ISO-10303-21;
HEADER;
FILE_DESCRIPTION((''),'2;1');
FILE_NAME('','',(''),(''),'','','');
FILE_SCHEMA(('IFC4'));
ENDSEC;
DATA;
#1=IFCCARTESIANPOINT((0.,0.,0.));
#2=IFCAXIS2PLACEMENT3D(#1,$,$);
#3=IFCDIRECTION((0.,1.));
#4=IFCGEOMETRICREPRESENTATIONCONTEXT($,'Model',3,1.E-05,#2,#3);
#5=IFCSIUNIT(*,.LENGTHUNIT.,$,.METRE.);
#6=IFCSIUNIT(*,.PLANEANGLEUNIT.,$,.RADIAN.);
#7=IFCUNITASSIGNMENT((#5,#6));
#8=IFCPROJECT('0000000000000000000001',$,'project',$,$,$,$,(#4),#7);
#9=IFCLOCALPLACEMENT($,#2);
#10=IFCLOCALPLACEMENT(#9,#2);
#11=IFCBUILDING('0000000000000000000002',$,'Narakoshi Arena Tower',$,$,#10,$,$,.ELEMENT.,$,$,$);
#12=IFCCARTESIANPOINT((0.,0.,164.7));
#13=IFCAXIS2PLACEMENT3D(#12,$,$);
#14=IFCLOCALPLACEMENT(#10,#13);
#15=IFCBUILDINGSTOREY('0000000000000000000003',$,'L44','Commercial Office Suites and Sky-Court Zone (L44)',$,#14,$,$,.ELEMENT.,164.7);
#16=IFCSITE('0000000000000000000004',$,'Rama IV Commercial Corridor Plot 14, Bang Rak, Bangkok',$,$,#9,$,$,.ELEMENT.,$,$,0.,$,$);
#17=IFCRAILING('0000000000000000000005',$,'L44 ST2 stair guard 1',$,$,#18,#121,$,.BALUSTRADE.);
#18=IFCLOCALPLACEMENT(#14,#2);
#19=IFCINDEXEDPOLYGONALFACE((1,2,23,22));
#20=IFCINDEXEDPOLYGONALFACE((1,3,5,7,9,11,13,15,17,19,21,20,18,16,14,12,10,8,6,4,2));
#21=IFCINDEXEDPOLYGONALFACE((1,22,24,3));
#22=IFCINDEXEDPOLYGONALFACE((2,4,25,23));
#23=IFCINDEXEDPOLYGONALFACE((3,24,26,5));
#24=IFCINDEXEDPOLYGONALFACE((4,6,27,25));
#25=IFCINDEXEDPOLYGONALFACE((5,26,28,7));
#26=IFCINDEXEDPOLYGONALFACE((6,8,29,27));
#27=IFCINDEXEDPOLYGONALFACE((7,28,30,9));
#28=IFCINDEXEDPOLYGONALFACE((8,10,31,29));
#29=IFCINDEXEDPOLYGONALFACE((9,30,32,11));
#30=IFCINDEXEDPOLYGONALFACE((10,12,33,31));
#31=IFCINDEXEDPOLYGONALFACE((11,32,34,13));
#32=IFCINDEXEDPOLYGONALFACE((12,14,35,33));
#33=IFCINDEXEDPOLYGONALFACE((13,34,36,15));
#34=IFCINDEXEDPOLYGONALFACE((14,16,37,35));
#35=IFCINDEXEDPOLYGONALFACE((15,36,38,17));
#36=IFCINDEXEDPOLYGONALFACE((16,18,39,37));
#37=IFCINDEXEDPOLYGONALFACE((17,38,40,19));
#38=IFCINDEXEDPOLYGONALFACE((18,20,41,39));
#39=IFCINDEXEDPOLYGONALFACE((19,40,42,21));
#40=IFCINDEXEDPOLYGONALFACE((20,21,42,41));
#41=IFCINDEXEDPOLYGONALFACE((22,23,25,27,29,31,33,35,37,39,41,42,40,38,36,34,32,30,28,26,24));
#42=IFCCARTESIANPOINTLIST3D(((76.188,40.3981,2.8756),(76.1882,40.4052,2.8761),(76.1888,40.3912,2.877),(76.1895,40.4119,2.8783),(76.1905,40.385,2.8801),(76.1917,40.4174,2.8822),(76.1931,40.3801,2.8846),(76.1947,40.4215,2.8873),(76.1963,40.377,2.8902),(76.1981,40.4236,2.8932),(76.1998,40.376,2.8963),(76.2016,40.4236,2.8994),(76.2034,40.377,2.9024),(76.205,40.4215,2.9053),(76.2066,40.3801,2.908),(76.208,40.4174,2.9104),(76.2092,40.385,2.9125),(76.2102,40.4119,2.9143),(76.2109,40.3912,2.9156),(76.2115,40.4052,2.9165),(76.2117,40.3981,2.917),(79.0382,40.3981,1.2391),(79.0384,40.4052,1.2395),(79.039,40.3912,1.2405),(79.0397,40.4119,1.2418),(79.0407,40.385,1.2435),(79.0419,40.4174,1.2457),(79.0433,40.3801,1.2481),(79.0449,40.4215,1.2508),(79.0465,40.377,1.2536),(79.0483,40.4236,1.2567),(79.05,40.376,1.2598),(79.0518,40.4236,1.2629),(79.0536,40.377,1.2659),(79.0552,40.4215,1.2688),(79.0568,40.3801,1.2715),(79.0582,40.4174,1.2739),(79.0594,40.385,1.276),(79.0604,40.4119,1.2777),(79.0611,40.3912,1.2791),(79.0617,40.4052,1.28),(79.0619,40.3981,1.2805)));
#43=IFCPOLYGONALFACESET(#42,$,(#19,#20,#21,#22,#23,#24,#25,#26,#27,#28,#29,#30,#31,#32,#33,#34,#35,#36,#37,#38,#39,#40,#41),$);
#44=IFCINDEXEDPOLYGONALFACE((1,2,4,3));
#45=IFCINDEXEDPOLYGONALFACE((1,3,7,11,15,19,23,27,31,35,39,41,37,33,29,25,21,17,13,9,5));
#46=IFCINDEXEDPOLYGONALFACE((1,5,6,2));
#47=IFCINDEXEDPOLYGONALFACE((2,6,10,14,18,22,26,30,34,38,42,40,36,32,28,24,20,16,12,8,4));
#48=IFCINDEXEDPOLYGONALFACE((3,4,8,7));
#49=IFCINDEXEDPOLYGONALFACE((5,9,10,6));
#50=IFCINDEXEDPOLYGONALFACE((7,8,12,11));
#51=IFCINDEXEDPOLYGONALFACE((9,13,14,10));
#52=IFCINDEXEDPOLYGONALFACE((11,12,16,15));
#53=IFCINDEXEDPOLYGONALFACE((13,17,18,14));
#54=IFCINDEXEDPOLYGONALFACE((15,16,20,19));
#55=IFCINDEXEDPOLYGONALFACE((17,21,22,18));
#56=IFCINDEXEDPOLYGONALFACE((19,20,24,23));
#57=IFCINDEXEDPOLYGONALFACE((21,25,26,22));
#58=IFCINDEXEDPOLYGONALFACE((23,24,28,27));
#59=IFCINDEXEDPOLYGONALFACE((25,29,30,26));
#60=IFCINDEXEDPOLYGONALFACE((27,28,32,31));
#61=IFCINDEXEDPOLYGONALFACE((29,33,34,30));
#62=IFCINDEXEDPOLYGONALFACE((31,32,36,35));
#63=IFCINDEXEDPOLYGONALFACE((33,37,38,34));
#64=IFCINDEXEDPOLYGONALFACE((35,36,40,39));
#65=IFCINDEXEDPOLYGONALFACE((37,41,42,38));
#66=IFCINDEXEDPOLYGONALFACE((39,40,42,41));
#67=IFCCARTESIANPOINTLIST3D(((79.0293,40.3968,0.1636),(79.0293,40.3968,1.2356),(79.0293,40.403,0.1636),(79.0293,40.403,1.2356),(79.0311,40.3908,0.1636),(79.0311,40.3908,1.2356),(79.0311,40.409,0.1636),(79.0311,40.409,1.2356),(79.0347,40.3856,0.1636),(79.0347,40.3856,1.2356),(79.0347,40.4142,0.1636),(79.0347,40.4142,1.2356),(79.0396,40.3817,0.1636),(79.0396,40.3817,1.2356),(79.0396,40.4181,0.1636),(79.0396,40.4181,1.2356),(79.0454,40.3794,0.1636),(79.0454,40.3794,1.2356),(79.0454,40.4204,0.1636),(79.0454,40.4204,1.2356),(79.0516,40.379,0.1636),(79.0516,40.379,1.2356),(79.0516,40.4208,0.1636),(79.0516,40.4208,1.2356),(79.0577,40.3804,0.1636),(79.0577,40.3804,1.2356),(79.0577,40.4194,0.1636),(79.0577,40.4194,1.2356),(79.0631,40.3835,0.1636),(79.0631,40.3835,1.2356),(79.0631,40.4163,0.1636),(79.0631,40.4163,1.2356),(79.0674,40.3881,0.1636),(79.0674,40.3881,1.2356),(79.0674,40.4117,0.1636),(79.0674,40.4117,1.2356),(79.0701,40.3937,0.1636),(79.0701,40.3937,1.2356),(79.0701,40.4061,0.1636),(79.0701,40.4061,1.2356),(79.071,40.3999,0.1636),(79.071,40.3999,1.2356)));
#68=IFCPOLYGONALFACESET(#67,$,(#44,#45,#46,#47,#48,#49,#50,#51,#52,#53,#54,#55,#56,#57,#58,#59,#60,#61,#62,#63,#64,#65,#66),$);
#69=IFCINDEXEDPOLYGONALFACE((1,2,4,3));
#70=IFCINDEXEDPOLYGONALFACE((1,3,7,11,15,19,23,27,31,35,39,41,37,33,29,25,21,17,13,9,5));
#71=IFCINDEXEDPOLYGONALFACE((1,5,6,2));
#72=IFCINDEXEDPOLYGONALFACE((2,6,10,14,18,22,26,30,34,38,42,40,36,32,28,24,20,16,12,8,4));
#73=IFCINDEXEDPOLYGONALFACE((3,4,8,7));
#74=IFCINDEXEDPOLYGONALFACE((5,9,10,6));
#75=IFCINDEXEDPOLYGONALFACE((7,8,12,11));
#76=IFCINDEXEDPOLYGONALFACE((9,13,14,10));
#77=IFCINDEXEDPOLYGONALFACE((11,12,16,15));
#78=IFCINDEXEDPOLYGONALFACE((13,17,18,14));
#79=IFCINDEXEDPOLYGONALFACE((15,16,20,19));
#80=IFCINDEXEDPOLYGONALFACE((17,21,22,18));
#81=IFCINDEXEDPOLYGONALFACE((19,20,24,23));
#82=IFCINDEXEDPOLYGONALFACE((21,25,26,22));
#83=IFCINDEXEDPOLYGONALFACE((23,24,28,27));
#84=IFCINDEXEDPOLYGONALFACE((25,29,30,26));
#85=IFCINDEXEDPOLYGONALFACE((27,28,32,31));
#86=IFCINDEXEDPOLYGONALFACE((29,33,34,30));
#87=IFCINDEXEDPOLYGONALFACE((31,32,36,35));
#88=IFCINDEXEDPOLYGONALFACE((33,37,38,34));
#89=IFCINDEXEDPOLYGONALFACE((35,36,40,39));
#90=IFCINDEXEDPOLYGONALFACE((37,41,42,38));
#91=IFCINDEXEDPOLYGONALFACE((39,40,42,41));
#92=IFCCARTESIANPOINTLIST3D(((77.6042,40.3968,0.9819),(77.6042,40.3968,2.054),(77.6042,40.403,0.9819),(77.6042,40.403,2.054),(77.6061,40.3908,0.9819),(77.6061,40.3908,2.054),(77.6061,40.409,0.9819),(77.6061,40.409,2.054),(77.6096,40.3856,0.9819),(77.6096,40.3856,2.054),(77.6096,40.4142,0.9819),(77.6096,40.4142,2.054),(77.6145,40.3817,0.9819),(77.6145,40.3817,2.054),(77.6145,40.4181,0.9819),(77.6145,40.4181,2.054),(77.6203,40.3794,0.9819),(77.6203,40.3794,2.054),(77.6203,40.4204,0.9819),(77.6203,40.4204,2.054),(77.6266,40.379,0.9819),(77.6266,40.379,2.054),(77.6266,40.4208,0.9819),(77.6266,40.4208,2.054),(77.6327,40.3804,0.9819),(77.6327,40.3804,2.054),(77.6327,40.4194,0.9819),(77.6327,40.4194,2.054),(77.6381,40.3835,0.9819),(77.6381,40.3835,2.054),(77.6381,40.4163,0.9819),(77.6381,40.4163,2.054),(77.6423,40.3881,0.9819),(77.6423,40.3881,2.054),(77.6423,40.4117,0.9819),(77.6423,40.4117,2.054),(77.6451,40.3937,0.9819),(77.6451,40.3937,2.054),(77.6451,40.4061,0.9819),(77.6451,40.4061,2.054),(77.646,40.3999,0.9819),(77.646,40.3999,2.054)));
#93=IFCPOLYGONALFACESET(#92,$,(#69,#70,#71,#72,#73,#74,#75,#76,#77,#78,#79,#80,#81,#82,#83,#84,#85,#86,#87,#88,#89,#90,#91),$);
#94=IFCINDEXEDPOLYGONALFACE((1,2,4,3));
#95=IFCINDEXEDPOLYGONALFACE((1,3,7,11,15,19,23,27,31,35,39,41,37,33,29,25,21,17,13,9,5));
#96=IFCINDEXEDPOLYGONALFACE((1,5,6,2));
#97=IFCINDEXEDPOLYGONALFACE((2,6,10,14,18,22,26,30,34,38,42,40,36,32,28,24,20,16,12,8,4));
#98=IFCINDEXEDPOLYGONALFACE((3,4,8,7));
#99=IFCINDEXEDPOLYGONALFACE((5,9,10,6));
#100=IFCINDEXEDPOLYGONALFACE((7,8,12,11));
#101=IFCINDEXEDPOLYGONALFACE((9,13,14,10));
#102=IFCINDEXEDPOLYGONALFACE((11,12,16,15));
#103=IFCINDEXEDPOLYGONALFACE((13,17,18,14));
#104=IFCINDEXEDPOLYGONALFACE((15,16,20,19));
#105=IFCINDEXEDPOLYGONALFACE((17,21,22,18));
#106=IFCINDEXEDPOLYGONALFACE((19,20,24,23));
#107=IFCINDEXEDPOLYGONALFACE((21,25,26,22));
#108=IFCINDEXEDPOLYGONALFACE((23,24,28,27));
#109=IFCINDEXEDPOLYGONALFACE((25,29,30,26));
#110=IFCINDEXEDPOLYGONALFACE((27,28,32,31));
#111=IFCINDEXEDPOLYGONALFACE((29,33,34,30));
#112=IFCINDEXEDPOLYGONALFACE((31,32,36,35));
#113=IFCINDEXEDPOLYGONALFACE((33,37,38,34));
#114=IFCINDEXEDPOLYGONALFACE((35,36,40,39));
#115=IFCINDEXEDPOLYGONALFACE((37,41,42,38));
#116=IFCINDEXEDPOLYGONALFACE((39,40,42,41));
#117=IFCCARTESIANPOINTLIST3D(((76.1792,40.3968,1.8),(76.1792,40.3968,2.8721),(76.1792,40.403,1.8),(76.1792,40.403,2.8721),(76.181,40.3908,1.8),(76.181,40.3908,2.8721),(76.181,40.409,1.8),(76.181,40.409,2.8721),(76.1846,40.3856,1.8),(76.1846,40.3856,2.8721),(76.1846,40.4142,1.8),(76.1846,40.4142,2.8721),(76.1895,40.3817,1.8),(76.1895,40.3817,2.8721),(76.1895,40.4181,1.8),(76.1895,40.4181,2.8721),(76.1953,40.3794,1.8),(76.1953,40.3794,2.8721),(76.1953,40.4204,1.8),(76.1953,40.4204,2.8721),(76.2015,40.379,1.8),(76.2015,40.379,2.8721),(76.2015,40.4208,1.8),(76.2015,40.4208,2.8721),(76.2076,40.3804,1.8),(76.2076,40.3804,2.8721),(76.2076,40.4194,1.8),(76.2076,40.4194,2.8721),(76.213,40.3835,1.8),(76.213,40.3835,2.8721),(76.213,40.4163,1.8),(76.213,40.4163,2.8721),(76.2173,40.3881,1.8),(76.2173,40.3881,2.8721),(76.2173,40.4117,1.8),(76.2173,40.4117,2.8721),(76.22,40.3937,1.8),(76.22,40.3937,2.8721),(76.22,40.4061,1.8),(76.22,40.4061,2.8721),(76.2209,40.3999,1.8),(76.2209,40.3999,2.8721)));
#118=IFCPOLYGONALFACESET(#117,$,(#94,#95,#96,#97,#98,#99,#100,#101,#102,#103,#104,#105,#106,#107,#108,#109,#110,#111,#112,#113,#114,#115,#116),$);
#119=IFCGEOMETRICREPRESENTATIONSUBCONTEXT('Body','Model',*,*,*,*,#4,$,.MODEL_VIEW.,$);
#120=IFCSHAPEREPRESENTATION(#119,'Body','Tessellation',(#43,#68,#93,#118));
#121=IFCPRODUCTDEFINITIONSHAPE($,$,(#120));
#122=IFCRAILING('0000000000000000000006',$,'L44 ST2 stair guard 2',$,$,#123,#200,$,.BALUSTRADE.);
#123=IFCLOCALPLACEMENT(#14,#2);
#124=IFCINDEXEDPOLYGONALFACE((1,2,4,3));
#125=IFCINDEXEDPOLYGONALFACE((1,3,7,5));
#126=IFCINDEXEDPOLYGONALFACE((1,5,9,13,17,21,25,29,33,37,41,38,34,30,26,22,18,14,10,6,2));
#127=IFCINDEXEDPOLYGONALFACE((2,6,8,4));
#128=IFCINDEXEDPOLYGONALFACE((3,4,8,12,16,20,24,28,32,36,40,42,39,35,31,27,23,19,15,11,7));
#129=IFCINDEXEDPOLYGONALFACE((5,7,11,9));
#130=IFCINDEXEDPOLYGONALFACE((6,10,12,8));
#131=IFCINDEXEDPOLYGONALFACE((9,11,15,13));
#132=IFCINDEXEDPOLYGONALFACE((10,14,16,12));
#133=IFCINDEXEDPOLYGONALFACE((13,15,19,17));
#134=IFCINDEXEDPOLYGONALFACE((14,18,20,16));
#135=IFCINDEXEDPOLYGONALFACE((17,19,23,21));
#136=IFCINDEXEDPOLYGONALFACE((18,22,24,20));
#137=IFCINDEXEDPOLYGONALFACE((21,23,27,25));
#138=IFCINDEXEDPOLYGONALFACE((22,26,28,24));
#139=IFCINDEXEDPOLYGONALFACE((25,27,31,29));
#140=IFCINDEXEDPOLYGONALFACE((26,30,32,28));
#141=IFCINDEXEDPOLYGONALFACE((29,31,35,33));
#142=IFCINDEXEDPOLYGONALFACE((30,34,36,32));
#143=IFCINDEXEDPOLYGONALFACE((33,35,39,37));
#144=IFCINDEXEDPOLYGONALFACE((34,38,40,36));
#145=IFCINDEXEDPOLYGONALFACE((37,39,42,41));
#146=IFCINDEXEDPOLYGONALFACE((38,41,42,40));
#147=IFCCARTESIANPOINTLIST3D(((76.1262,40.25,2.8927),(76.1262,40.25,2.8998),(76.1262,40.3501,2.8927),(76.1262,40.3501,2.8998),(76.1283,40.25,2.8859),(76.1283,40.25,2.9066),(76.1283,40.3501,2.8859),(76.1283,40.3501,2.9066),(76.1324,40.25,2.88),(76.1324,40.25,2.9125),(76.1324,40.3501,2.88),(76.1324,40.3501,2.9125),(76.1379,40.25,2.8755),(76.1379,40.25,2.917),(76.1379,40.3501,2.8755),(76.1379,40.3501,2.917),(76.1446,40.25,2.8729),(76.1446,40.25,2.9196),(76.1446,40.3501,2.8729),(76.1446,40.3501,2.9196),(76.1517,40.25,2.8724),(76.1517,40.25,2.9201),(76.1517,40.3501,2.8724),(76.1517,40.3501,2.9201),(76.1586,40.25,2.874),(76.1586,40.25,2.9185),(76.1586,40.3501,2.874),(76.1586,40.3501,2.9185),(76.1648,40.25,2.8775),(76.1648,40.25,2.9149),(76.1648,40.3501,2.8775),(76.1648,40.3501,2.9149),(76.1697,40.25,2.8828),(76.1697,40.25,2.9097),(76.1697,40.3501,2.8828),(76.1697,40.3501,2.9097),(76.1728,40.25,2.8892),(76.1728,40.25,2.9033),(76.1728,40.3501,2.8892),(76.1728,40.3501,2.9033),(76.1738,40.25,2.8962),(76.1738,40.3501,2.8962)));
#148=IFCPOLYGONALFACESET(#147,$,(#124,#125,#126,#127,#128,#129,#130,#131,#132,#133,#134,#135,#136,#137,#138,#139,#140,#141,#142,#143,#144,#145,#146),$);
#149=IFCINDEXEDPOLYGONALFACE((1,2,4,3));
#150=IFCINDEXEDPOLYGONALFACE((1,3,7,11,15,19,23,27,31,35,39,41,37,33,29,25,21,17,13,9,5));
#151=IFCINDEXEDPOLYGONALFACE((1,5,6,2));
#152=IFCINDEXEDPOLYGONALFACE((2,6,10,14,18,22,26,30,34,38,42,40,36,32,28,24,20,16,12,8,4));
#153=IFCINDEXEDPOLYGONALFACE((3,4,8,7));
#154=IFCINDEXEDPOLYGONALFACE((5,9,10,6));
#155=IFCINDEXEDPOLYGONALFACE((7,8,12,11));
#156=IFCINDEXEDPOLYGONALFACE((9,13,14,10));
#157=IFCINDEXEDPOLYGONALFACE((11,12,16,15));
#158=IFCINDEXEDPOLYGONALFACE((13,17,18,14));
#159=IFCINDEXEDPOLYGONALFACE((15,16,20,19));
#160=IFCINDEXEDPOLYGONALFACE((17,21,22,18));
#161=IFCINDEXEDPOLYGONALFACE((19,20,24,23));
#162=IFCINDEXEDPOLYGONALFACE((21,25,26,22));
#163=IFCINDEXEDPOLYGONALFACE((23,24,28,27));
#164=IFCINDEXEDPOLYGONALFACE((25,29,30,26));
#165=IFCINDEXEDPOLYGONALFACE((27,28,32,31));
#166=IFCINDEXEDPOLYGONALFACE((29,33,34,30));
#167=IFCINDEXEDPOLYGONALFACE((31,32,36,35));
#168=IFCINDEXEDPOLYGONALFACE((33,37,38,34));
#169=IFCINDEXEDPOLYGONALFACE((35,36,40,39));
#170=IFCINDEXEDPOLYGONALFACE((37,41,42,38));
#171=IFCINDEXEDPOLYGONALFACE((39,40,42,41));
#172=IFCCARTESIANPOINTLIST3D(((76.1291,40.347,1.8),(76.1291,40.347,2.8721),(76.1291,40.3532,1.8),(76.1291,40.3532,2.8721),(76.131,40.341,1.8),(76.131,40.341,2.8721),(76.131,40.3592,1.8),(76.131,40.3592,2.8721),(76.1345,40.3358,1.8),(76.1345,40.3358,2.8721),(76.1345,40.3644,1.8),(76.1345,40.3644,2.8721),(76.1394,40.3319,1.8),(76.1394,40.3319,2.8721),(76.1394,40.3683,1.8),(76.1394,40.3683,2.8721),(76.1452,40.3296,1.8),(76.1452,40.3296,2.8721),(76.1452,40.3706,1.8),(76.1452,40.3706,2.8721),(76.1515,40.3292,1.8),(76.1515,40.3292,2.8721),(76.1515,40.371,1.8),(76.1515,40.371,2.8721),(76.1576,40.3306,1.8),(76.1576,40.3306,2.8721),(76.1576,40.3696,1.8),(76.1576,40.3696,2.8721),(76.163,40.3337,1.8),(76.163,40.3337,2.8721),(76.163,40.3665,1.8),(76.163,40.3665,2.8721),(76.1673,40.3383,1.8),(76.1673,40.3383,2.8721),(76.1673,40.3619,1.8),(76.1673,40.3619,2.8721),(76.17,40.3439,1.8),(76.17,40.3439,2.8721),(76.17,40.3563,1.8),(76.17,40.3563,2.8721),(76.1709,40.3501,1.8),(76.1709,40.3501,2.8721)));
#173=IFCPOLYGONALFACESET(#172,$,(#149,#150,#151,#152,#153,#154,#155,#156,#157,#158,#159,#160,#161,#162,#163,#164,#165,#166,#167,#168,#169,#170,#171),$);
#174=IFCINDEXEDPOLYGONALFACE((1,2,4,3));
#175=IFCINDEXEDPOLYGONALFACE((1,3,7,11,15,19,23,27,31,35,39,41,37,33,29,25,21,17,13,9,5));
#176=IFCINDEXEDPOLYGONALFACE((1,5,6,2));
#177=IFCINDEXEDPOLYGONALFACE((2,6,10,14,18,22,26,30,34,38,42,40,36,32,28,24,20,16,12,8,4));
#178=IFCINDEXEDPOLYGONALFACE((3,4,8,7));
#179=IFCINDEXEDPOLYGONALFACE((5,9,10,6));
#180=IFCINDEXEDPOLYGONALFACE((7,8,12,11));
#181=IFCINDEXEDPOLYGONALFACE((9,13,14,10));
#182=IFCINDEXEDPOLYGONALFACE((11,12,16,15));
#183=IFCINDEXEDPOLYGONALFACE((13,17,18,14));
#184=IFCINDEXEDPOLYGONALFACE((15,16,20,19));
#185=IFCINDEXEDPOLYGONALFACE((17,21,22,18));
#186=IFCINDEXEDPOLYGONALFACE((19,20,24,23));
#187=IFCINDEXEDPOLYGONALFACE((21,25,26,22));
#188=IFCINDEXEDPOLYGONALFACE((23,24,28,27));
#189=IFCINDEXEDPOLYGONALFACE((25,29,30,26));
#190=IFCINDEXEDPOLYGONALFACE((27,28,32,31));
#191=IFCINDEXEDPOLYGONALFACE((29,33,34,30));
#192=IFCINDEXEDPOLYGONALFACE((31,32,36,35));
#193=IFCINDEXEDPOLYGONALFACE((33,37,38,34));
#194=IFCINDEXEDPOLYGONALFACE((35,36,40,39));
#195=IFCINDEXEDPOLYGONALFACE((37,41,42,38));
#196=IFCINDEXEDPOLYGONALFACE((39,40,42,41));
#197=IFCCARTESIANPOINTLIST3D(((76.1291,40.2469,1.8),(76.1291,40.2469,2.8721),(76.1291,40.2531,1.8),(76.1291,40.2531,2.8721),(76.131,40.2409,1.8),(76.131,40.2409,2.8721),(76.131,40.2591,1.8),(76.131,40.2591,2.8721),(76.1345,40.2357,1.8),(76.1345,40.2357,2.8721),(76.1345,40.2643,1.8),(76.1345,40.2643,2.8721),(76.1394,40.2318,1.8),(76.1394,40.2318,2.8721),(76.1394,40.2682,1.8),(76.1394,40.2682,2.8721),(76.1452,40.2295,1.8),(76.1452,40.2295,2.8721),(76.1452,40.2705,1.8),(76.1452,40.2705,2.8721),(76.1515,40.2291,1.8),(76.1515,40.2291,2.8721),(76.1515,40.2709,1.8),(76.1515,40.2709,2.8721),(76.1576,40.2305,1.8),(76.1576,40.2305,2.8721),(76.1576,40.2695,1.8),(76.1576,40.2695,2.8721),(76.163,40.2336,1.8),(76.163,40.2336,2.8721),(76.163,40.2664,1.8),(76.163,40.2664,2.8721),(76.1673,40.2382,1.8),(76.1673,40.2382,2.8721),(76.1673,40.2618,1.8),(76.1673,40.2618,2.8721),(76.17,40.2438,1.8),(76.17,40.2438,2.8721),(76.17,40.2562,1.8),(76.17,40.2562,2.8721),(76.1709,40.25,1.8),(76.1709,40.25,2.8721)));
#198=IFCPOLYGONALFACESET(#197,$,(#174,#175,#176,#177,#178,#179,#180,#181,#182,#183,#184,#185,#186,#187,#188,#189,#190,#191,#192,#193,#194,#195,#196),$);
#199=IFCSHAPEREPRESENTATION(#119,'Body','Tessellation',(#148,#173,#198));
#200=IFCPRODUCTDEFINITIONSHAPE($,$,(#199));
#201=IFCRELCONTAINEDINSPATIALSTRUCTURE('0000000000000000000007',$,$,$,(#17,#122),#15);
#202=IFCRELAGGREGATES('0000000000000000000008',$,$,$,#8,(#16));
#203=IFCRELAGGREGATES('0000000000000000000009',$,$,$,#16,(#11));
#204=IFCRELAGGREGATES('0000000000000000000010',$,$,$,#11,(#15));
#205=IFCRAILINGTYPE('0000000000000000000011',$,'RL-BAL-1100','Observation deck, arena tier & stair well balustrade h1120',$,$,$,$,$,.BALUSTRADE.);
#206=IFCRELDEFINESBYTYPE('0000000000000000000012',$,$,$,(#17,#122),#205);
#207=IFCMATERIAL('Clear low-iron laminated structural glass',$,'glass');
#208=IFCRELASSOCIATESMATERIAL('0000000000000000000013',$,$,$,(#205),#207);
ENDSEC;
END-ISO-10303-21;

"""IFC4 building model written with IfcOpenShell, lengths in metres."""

from ifc_helpers import new_model, si_unit, direction, frame, origin, origin_2d, place, context, subcontext, project, spatial, circle, extrude, material, type_object, element, save


model = new_model("IFC4")

# Units and contexts
model_context = context("Model", 3, precision=1e-05, world=origin(), true_north=direction((0.0, 1.0)))
body_context = subcontext(model_context, "Body", "Model", "MODEL_VIEW")
ifc_project = project(units=[si_unit("LENGTHUNIT", "METRE"), si_unit("PLANEANGLEUNIT", "RADIAN")], contexts=[model_context])

# Site, building, storey
site_placement = place(None, origin())
site = spatial("IfcSite", under=ifc_project, at=site_placement, Name="Rama IV Commercial Corridor Plot 14, Bang Rak, Bangkok", CompositionType="ELEMENT", RefElevation=0.0)
building_placement = place(site_placement, origin())
building = spatial("IfcBuilding", under=site, at=building_placement, Name="Narakoshi Arena Tower", CompositionType="ELEMENT")
storey_placement = place(building_placement, frame((0.0, 0.0, 164.7)))
storey = spatial("IfcBuildingStorey", under=building, at=storey_placement, Name="L44", Description="Commercial Office Suites and Sky-Court Zone (L44)", CompositionType="ELEMENT", Elevation=164.7)

# Railings
ifc_material_1 = material(Name="Clear low-iron laminated structural glass", Category="glass")
railing_type_1 = type_object("IfcRailingType", Name="RL-BAL-1100", Description="Observation deck, arena tier & stair well balustrade h1120", PredefinedType="BALUSTRADE", material=ifc_material_1)
railing_1_placement = place(storey_placement, frame((79.05, 40.3999, 0.1636)))
element("IfcRailing", 1, at=railing_1_placement, inside=storey, type_object=railing_type_1, Name="L44 ST2 stair guard 1", PredefinedType="BALUSTRADE", context=body_context, shape_type="SweptSolid", body=[
    extrude(circle(Radius=0.0239, at=origin_2d()), frame((0.0, 0.0, 1.0962), z_axis=(-0.867213, 0.0, 0.497938), x_axis=(0.0, -1.0, 0.0)), (0.0, 0.0, 1.0), 3.2866),
    extrude(circle(Radius=0.021, at=origin_2d()), origin(), (0.0, 0.0, 1.0), 1.072),
    extrude(circle(Radius=0.021, at=origin_2d()), frame((-1.425, 0.0, 0.8184)), (0.0, 0.0, 1.0), 1.072),
    extrude(circle(Radius=0.021, at=origin_2d()), frame((-2.8501, 0.0, 1.6365)), (0.0, 0.0, 1.0), 1.072),
])
railing_2_placement = place(storey_placement, frame((76.1499, 40.3501, 1.8)))
element("IfcRailing", 2, at=railing_2_placement, inside=storey, type_object=railing_type_1, Name="L44 ST2 stair guard 2", PredefinedType="BALUSTRADE", context=body_context, shape_type="SweptSolid", body=[
    extrude(circle(Radius=0.0239, at=origin_2d()), frame((0.0, 0.0, 1.0962), z_axis=(0.0, -1.0, 0.0), x_axis=(1.0, 0.0, 0.0)), (0.0, 0.0, 1.0), 0.1001),
    extrude(circle(Radius=0.021, at=origin_2d()), origin(), (0.0, 0.0, 1.0), 1.072),
    extrude(circle(Radius=0.021, at=origin_2d()), frame((0.0, -0.1001, 0.0)), (0.0, 0.0, 1.0), 1.072),
])

save(model, "model.ifc")
